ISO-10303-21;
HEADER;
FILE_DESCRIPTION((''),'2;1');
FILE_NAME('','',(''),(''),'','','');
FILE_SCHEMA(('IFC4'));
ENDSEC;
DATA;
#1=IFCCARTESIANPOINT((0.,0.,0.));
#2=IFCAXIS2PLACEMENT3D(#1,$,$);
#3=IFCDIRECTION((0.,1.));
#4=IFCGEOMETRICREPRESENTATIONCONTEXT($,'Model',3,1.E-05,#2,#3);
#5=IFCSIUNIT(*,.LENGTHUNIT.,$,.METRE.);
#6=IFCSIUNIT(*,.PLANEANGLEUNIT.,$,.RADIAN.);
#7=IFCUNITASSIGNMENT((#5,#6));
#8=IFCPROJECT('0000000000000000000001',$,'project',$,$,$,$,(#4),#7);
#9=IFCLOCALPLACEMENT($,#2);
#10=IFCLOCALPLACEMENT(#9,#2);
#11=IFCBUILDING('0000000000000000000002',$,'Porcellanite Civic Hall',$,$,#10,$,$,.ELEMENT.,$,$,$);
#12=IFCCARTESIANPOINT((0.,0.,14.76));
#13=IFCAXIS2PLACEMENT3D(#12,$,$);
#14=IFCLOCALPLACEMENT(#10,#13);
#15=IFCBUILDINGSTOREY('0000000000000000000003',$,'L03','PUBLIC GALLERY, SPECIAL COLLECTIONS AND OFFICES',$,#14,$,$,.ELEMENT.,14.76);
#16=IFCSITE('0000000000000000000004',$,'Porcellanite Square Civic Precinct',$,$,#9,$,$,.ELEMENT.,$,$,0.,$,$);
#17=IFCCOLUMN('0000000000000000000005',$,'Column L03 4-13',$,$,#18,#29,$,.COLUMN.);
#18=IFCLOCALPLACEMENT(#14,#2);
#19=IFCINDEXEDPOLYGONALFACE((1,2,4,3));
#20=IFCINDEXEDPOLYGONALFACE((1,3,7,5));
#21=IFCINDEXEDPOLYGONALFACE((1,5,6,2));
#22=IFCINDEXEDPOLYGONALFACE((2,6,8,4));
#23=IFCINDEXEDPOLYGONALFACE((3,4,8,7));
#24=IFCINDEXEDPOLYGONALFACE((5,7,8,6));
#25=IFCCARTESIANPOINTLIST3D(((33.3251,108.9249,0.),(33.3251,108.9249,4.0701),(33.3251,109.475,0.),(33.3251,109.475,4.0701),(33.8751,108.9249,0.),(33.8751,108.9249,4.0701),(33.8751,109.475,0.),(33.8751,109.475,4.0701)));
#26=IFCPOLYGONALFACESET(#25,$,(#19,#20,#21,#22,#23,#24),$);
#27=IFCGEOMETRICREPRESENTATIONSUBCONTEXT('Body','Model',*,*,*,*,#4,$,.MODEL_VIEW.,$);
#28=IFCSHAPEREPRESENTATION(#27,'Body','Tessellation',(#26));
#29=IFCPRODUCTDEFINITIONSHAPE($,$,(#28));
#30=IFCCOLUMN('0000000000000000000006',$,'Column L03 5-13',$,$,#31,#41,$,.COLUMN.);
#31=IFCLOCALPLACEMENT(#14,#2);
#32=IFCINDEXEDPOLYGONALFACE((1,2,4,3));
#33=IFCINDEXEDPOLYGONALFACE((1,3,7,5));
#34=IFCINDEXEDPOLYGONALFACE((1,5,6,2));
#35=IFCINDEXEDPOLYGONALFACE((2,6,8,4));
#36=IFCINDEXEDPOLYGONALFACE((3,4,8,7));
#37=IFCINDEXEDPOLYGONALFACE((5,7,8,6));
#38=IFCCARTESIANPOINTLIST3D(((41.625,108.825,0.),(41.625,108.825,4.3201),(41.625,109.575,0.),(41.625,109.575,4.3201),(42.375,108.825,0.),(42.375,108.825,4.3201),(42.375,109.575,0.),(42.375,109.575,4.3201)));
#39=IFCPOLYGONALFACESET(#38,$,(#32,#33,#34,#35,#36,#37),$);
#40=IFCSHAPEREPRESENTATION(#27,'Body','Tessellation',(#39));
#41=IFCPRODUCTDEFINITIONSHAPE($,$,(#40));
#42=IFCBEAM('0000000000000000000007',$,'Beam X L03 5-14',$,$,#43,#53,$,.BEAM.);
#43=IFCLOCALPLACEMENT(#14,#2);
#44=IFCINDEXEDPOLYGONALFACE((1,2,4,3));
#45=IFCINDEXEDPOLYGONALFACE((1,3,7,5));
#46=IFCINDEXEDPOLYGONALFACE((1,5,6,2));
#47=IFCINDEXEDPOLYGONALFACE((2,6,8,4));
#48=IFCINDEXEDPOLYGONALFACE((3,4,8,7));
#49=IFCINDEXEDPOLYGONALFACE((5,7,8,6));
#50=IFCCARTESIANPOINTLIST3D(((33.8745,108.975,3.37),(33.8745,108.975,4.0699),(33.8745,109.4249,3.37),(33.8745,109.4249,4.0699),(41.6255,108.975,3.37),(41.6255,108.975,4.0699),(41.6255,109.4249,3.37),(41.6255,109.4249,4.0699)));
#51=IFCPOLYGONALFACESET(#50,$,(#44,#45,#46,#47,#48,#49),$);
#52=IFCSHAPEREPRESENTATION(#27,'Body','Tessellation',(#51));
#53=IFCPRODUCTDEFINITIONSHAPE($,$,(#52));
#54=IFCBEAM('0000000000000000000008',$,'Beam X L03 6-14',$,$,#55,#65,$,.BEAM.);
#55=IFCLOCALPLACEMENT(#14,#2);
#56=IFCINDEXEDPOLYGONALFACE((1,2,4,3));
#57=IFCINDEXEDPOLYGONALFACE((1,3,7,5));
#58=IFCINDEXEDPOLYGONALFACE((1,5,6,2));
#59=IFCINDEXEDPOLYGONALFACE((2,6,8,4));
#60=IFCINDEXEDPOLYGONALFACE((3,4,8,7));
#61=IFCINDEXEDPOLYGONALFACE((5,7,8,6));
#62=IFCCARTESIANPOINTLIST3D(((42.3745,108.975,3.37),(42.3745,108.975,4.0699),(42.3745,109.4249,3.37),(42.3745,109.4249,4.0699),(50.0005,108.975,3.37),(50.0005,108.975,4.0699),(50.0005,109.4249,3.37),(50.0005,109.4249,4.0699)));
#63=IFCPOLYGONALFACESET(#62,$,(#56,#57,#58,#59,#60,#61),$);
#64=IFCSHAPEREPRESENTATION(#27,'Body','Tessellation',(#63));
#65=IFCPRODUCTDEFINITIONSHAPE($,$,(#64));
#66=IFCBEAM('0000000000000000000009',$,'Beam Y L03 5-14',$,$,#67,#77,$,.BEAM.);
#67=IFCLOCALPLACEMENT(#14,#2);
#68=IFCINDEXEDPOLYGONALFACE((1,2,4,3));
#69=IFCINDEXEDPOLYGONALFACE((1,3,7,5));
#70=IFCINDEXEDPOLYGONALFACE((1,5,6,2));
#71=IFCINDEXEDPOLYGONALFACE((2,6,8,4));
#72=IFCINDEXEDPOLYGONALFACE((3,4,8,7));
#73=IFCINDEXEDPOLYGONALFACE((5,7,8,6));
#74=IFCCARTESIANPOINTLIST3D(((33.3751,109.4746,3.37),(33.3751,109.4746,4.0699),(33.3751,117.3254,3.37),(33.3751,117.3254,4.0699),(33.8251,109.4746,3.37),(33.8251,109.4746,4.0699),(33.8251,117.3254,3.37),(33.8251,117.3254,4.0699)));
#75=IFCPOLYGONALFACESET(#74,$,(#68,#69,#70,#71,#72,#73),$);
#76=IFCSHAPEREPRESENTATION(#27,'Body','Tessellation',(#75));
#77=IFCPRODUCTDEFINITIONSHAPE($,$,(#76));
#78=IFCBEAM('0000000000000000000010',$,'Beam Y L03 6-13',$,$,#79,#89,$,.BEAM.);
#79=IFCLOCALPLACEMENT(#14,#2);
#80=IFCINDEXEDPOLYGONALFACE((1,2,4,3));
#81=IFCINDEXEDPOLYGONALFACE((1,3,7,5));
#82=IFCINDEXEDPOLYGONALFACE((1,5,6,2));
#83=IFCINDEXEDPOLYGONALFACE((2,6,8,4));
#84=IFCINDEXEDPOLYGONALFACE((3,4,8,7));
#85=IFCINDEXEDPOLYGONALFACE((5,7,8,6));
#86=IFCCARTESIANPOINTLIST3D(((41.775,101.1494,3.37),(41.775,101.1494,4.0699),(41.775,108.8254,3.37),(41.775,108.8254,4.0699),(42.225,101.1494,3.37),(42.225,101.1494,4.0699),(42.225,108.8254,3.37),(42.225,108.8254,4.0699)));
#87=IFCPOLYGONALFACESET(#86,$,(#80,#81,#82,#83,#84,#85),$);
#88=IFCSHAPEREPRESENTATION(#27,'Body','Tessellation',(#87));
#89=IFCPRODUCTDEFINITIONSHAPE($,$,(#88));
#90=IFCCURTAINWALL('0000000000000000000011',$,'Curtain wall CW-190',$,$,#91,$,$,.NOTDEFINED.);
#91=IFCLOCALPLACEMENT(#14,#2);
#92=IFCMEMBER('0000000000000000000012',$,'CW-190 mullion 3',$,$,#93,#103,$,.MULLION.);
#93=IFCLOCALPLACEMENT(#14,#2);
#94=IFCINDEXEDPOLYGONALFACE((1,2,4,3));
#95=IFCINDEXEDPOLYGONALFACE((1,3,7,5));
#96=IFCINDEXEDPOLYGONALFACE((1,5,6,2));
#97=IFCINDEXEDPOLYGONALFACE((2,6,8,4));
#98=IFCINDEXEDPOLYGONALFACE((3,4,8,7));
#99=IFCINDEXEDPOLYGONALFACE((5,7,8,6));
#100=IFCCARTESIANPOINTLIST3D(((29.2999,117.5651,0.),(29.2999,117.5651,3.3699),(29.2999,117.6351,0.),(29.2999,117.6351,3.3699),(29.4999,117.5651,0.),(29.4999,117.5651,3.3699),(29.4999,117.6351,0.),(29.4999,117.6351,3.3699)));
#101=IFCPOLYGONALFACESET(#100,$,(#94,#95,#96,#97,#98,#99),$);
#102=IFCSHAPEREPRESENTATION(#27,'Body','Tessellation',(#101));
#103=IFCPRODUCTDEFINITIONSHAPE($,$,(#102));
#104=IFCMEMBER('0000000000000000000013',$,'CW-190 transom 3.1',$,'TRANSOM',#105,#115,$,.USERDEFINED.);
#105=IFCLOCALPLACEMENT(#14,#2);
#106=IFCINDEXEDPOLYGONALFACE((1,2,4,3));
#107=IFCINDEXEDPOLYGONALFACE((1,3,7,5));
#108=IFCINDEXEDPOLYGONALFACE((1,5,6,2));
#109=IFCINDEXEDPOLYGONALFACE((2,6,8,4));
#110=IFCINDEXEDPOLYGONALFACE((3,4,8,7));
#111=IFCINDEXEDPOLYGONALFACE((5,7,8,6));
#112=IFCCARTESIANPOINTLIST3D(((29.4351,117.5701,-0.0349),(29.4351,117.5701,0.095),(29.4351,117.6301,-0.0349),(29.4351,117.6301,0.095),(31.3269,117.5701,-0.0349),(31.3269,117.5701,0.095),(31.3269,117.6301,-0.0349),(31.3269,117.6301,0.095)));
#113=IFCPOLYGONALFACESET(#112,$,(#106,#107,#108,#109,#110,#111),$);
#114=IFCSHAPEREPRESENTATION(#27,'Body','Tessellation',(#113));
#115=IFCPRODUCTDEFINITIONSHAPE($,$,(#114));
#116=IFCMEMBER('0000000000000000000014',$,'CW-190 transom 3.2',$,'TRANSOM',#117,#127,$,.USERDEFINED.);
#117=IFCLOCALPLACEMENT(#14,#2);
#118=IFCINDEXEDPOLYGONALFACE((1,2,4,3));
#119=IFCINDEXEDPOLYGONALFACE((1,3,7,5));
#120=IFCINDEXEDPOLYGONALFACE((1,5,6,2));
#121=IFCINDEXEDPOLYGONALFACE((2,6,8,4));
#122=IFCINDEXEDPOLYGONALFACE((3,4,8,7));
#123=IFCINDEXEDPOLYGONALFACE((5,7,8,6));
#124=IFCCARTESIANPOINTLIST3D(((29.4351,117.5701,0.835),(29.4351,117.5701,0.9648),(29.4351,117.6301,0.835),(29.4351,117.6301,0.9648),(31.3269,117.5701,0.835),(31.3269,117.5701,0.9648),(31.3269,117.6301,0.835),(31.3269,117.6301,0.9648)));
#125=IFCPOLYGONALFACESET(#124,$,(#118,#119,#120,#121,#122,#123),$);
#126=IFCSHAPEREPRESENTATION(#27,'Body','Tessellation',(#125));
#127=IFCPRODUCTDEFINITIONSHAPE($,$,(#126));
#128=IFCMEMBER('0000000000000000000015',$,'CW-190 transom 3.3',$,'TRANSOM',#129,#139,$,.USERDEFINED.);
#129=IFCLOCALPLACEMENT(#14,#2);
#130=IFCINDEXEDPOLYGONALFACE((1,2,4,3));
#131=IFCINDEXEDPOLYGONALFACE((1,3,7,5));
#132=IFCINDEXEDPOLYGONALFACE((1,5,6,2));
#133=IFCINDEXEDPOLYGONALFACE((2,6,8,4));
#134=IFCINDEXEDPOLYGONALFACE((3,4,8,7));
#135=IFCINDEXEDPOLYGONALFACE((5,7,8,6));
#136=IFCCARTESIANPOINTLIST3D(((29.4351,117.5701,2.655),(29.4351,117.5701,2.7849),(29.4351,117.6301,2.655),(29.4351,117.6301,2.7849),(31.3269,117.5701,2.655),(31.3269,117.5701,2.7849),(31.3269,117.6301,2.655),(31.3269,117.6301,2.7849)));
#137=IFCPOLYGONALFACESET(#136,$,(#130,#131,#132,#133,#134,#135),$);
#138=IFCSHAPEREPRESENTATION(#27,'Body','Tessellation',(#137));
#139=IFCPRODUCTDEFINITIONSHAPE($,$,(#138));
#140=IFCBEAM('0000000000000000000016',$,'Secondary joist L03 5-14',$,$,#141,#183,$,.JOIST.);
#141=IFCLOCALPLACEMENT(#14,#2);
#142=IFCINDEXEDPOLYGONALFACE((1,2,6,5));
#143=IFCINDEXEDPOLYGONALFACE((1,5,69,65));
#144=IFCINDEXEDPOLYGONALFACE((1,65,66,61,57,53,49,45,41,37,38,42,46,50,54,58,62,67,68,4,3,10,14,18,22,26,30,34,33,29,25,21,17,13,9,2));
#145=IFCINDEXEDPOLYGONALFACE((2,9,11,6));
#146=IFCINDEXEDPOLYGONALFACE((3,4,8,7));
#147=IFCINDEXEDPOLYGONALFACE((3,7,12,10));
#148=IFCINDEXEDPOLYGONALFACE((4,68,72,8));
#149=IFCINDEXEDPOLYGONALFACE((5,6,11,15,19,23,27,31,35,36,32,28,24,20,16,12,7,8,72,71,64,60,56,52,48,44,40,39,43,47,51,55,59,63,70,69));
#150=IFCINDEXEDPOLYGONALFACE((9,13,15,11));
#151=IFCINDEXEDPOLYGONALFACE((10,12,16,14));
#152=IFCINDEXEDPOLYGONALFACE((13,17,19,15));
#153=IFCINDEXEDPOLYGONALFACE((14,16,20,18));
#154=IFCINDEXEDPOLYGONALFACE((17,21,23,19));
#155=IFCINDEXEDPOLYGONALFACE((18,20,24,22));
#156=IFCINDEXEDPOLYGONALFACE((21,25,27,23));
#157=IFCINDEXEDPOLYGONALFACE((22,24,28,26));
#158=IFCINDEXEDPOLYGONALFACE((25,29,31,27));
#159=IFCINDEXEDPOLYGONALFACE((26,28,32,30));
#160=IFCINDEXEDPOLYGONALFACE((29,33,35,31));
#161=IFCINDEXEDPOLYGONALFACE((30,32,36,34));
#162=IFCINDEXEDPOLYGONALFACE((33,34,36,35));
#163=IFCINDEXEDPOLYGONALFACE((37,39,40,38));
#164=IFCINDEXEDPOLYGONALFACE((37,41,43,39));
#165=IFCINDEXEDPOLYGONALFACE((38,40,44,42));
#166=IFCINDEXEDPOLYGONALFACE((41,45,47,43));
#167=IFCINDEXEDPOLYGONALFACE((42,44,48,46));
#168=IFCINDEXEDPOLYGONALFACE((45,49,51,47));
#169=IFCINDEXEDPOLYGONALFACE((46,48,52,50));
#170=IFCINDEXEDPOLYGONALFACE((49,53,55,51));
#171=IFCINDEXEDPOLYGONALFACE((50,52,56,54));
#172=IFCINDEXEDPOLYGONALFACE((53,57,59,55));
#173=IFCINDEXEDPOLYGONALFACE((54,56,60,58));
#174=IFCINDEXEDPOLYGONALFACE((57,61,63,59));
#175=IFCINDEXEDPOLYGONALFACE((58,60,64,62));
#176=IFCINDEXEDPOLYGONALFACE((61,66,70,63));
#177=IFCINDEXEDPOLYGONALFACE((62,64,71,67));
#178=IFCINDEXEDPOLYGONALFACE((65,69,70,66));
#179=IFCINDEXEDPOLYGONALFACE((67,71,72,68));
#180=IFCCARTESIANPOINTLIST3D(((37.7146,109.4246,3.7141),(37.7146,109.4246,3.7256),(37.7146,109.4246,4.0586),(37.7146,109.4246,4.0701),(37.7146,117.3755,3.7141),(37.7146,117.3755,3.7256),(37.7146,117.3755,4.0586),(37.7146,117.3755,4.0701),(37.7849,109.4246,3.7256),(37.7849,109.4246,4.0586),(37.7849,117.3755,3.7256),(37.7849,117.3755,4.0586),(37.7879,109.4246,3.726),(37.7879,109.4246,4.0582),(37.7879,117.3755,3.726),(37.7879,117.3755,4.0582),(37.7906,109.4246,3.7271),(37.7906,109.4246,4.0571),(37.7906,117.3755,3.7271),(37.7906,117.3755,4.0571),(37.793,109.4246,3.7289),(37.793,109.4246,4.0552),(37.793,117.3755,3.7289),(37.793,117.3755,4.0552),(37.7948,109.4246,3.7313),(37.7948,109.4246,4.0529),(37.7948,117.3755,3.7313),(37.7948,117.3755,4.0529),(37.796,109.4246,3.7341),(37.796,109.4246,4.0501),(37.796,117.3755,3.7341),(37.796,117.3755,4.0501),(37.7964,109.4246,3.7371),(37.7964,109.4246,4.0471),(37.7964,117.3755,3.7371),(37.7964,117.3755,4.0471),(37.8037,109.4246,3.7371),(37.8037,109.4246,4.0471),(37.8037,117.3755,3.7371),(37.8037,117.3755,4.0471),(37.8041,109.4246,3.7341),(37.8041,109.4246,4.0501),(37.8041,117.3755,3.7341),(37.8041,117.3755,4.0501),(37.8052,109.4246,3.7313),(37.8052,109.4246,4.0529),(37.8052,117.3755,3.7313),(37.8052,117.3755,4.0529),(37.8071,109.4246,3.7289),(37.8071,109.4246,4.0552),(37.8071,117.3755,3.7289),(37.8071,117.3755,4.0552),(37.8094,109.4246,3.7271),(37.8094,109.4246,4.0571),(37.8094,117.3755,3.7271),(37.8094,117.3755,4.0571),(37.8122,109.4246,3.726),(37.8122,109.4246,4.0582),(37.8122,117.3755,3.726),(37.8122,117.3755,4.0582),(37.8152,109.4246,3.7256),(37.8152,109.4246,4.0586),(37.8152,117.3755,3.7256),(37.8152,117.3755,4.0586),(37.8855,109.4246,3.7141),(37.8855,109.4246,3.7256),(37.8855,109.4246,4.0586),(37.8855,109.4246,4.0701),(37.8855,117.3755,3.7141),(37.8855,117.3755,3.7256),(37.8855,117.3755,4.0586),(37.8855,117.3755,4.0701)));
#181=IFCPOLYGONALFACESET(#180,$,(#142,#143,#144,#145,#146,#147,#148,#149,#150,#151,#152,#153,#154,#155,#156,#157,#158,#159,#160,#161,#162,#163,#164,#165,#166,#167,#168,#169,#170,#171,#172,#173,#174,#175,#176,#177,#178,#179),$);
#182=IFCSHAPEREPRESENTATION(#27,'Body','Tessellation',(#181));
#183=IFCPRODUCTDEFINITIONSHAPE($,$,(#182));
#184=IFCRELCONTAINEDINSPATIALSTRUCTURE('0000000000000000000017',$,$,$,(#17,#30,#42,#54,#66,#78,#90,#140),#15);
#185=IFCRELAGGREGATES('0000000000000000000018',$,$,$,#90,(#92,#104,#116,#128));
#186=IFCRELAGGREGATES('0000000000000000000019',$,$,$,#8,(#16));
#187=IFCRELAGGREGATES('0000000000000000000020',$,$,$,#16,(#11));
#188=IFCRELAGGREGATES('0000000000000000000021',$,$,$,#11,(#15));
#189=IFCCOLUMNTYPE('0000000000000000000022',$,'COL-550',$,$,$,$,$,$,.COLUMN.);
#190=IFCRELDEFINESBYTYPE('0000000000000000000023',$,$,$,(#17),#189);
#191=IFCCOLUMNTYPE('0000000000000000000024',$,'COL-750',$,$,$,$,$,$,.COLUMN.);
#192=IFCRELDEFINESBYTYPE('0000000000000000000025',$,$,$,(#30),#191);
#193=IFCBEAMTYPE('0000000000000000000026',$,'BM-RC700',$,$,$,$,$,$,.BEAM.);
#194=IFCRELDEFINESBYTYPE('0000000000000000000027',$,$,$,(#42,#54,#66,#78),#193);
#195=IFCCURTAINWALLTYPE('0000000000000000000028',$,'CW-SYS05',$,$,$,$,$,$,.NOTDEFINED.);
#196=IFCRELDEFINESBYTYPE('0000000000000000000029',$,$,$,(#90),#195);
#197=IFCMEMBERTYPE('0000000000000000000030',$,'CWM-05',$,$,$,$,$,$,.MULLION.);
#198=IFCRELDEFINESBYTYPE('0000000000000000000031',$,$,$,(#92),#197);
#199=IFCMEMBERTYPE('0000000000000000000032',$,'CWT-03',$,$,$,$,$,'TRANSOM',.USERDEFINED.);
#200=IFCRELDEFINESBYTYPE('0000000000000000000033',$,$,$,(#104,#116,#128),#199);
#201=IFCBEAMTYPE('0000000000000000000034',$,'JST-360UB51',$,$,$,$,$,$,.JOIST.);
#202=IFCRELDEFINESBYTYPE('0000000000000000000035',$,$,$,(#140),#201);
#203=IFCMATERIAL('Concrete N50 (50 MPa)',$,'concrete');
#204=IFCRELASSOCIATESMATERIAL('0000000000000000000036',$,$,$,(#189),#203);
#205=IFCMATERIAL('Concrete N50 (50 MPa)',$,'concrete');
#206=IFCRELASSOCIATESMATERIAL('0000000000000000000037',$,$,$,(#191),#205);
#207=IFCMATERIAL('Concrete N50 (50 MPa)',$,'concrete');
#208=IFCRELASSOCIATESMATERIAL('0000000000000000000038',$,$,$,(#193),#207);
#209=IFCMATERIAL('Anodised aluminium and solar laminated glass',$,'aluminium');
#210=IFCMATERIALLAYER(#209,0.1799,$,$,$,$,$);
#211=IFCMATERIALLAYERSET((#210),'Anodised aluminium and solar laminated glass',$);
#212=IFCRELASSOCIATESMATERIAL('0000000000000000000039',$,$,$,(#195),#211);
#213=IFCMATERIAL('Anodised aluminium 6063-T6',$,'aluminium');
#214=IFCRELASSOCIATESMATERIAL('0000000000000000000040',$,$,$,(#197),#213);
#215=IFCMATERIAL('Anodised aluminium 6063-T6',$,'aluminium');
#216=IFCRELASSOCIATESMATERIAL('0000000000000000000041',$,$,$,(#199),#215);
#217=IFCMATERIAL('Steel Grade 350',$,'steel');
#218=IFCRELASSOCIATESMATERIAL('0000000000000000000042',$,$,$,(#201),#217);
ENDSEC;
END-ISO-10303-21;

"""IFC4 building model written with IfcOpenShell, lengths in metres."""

from ifc_helpers import new_model, si_unit, direction, frame, origin, origin_2d, place, context, subcontext, project, spatial, rectangle, i_section, extrude, material, layer, layer_set, material_profile, profile_set, type_object, element, aggregate, save


model = new_model("IFC4")

# Units and contexts
model_context = context("Model", 3, precision=1e-05, world=origin(), true_north=direction((0.0, 1.0)))
body_context = subcontext(model_context, "Body", "Model", "MODEL_VIEW")
ifc_project = project(units=[si_unit("LENGTHUNIT", "METRE"), si_unit("PLANEANGLEUNIT", "RADIAN")], contexts=[model_context])

# Site, building, storey
site_placement = place(None, origin())
site = spatial("IfcSite", under=ifc_project, at=site_placement, Name="Porcellanite Square Civic Precinct", CompositionType="ELEMENT", RefElevation=0.0)
building_placement = place(site_placement, origin())
building = spatial("IfcBuilding", under=site, at=building_placement, Name="Porcellanite Civic Hall", CompositionType="ELEMENT")
storey_placement = place(building_placement, frame((0.0, 0.0, 14.76)))
storey = spatial("IfcBuildingStorey", under=building, at=storey_placement, Name="L03", Description="PUBLIC GALLERY, SPECIAL COLLECTIONS AND OFFICES", CompositionType="ELEMENT", Elevation=14.76)

# Columns
ifc_material_1 = material(Name="Concrete N50 (50 MPa)", Category="concrete")
ifc_material_profile_1 = material_profile(ifc_material_1, rectangle(XDim=0.55, YDim=0.55, at=origin_2d()), Name="RC-550x550")
ifc_profile_set_1 = profile_set([ifc_material_profile_1], Name="Concrete N50 (50 MPa)")
column_type_1 = type_object("IfcColumnType", Name="COL-550", PredefinedType="COLUMN", material=ifc_profile_set_1)
column_1_placement = place(storey_placement, frame((33.6001, 109.2, 0.0), z_axis=(0.0, 0.0, 1.0), x_axis=(1.0, 0.0, 0.0)))
element("IfcColumn", 1, at=column_1_placement, inside=storey, type_object=column_type_1, Name="Column L03 4-13", PredefinedType="COLUMN", context=body_context, shape_type="SweptSolid", body=[
    extrude(rectangle(XDim=0.55, YDim=0.55, at=origin_2d()), origin(), (0.0, 0.0, 1.0), 4.0701),
])
ifc_material_2 = material(Name="Concrete N50 (50 MPa)", Category="concrete")
ifc_material_profile_2 = material_profile(ifc_material_2, rectangle(XDim=0.75, YDim=0.75, at=origin_2d()), Name="RC-750x750")
ifc_profile_set_2 = profile_set([ifc_material_profile_2], Name="Concrete N50 (50 MPa)")
column_type_2 = type_object("IfcColumnType", Name="COL-750", PredefinedType="COLUMN", material=ifc_profile_set_2)
column_2_placement = place(storey_placement, frame((42.0, 109.2, 0.0), z_axis=(0.0, 0.0, 1.0), x_axis=(1.0, 0.0, 0.0)))
element("IfcColumn", 2, at=column_2_placement, inside=storey, type_object=column_type_2, Name="Column L03 5-13", PredefinedType="COLUMN", context=body_context, shape_type="SweptSolid", body=[
    extrude(rectangle(XDim=0.75, YDim=0.75, at=origin_2d()), origin(), (0.0, 0.0, 1.0), 4.3201),
])

# Beams
ifc_material_3 = material(Name="Concrete N50 (50 MPa)", Category="concrete")
ifc_material_profile_3 = material_profile(ifc_material_3, rectangle(XDim=0.45, YDim=0.7, at=origin_2d()), Name="RC-450x700")
ifc_profile_set_3 = profile_set([ifc_material_profile_3], Name="Concrete N50 (50 MPa)")
beam_type_1 = type_object("IfcBeamType", Name="BM-RC700", PredefinedType="BEAM", material=ifc_profile_set_3)
beam_1_placement = place(storey_placement, frame((33.8745, 109.2, 3.72), z_axis=(1.0, 0.0, 0.0), x_axis=(0.0, 1.0, 0.0)))
element("IfcBeam", 3, at=beam_1_placement, inside=storey, type_object=beam_type_1, Name="Beam X L03 5-14", PredefinedType="BEAM", context=body_context, shape_type="SweptSolid", body=[
    extrude(rectangle(XDim=0.45, YDim=0.7, at=origin_2d()), origin(), (0.0, 0.0, 1.0), 7.751),
])
beam_2_placement = place(storey_placement, frame((42.3745, 109.2, 3.72), z_axis=(1.0, 0.0, 0.0), x_axis=(0.0, 1.0, 0.0)))
element("IfcBeam", 4, at=beam_2_placement, inside=storey, type_object=beam_type_1, Name="Beam X L03 6-14", PredefinedType="BEAM", context=body_context, shape_type="SweptSolid", body=[
    extrude(rectangle(XDim=0.45, YDim=0.7, at=origin_2d()), origin(), (0.0, 0.0, 1.0), 7.626),
])
beam_3_placement = place(storey_placement, frame((33.6001, 109.4746, 3.72), z_axis=(0.0, 1.0, 0.0), x_axis=(-1.0, 0.0, 0.0)))
element("IfcBeam", 5, at=beam_3_placement, inside=storey, type_object=beam_type_1, Name="Beam Y L03 5-14", PredefinedType="BEAM", context=body_context, shape_type="SweptSolid", body=[
    extrude(rectangle(XDim=0.45, YDim=0.7, at=origin_2d()), origin(), (0.0, 0.0, 1.0), 7.8508),
])
beam_4_placement = place(storey_placement, frame((42.0, 101.1494, 3.72), z_axis=(0.0, 1.0, 0.0), x_axis=(-1.0, 0.0, 0.0)))
element("IfcBeam", 6, at=beam_4_placement, inside=storey, type_object=beam_type_1, Name="Beam Y L03 6-13", PredefinedType="BEAM", context=body_context, shape_type="SweptSolid", body=[
    extrude(rectangle(XDim=0.45, YDim=0.7, at=origin_2d()), origin(), (0.0, 0.0, 1.0), 7.676),
])

# Curtain wall, members
ifc_material_4 = material(Name="Anodised aluminium and solar laminated glass", Category="aluminium")
ifc_layer_1 = layer(ifc_material_4, 0.1799)
ifc_layer_set_1 = layer_set([ifc_layer_1], Name="Anodised aluminium and solar laminated glass")
curtain_wall_type = type_object("IfcCurtainWallType", Name="CW-SYS05", PredefinedType="NOTDEFINED", material=ifc_layer_set_1)
curtain_wall_placement = place(storey_placement, origin())
curtain_wall = element("IfcCurtainWall", 7, at=curtain_wall_placement, inside=storey, type_object=curtain_wall_type, Name="Curtain wall CW-190", PredefinedType="NOTDEFINED")
ifc_material_5 = material(Name="Anodised aluminium 6063-T6", Category="aluminium")
ifc_material_profile_4 = material_profile(ifc_material_5, rectangle(XDim=0.0701, YDim=0.2, at=origin_2d()), Name="AL-70x200")
ifc_profile_set_4 = profile_set([ifc_material_profile_4], Name="Anodised aluminium 6063-T6")
member_type_1 = type_object("IfcMemberType", Name="CWM-05", PredefinedType="MULLION", material=ifc_profile_set_4)
member_1_placement = place(storey_placement, frame((29.3999, 117.6001, 0.0), z_axis=(0.0, 0.0, 1.0), x_axis=(0.0, 1.0, 0.0)))
member_1 = element("IfcMember", 8, at=member_1_placement, type_object=member_type_1, Name="CW-190 mullion 3", PredefinedType="MULLION", context=body_context, shape_type="SweptSolid", body=[
    extrude(rectangle(XDim=0.0701, YDim=0.2, at=origin_2d()), origin(), (0.0, 0.0, 1.0), 3.3699),
])
ifc_material_6 = material(Name="Anodised aluminium 6063-T6", Category="aluminium")
ifc_material_profile_5 = material_profile(ifc_material_6, rectangle(XDim=0.0601, YDim=0.1299, at=origin_2d()), Name="AL-60x130")
ifc_profile_set_5 = profile_set([ifc_material_profile_5], Name="Anodised aluminium 6063-T6")
member_type_2 = type_object("IfcMemberType", Name="CWT-03", ElementType="TRANSOM", PredefinedType="USERDEFINED", material=ifc_profile_set_5)
member_2_placement = place(storey_placement, frame((29.4351, 117.6001, 0.03), z_axis=(1.0, 0.0, 0.0), x_axis=(0.0, 1.0, 0.0)))
member_2 = element("IfcMember", 9, at=member_2_placement, type_object=member_type_2, Name="CW-190 transom 3.1", ObjectType="TRANSOM", PredefinedType="USERDEFINED", context=body_context, shape_type="SweptSolid", body=[
    extrude(rectangle(XDim=0.0601, YDim=0.1299, at=origin_2d()), origin(), (0.0, 0.0, 1.0), 1.8918),
])
member_3_placement = place(storey_placement, frame((29.4351, 117.6001, 0.8999), z_axis=(1.0, 0.0, 0.0), x_axis=(0.0, 1.0, 0.0)))
member_3 = element("IfcMember", 10, at=member_3_placement, type_object=member_type_2, Name="CW-190 transom 3.2", ObjectType="TRANSOM", PredefinedType="USERDEFINED", context=body_context, shape_type="SweptSolid", body=[
    extrude(rectangle(XDim=0.0601, YDim=0.1299, at=origin_2d()), origin(), (0.0, 0.0, 1.0), 1.8918),
])
member_4_placement = place(storey_placement, frame((29.4351, 117.6001, 2.72), z_axis=(1.0, 0.0, 0.0), x_axis=(0.0, 1.0, 0.0)))
member_4 = element("IfcMember", 11, at=member_4_placement, type_object=member_type_2, Name="CW-190 transom 3.3", ObjectType="TRANSOM", PredefinedType="USERDEFINED", context=body_context, shape_type="SweptSolid", body=[
    extrude(rectangle(XDim=0.0601, YDim=0.1299, at=origin_2d()), origin(), (0.0, 0.0, 1.0), 1.8918),
])

# Beam
ifc_material_7 = material(Name="Steel Grade 350", Category="steel")
ifc_material_profile_6 = material_profile(ifc_material_7, i_section(OverallWidth=0.1709, OverallDepth=0.356, WebThickness=0.0073, FlangeThickness=0.0115, FilletRadius=0.0115, at=origin_2d()), Name="360UB50.7")
ifc_profile_set_6 = profile_set([ifc_material_profile_6], Name="Steel Grade 350")
beam_type_2 = type_object("IfcBeamType", Name="JST-360UB51", PredefinedType="JOIST", material=ifc_profile_set_6)
beam_5_placement = place(storey_placement, frame((37.8, 109.4246, 3.8921), z_axis=(0.0, 1.0, 0.0), x_axis=(-1.0, 0.0, 0.0)))
element("IfcBeam", 12, at=beam_5_placement, inside=storey, type_object=beam_type_2, Name="Secondary joist L03 5-14", PredefinedType="JOIST", context=body_context, shape_type="SweptSolid", body=[
    extrude(i_section(OverallWidth=0.1709, OverallDepth=0.356, WebThickness=0.0073, FlangeThickness=0.0115, FilletRadius=0.0115, at=origin_2d()), origin(), (0.0, 0.0, 1.0), 7.9509),
])

aggregate(curtain_wall, [member_1, member_2, member_3, member_4])

save(model, "model.ifc")
